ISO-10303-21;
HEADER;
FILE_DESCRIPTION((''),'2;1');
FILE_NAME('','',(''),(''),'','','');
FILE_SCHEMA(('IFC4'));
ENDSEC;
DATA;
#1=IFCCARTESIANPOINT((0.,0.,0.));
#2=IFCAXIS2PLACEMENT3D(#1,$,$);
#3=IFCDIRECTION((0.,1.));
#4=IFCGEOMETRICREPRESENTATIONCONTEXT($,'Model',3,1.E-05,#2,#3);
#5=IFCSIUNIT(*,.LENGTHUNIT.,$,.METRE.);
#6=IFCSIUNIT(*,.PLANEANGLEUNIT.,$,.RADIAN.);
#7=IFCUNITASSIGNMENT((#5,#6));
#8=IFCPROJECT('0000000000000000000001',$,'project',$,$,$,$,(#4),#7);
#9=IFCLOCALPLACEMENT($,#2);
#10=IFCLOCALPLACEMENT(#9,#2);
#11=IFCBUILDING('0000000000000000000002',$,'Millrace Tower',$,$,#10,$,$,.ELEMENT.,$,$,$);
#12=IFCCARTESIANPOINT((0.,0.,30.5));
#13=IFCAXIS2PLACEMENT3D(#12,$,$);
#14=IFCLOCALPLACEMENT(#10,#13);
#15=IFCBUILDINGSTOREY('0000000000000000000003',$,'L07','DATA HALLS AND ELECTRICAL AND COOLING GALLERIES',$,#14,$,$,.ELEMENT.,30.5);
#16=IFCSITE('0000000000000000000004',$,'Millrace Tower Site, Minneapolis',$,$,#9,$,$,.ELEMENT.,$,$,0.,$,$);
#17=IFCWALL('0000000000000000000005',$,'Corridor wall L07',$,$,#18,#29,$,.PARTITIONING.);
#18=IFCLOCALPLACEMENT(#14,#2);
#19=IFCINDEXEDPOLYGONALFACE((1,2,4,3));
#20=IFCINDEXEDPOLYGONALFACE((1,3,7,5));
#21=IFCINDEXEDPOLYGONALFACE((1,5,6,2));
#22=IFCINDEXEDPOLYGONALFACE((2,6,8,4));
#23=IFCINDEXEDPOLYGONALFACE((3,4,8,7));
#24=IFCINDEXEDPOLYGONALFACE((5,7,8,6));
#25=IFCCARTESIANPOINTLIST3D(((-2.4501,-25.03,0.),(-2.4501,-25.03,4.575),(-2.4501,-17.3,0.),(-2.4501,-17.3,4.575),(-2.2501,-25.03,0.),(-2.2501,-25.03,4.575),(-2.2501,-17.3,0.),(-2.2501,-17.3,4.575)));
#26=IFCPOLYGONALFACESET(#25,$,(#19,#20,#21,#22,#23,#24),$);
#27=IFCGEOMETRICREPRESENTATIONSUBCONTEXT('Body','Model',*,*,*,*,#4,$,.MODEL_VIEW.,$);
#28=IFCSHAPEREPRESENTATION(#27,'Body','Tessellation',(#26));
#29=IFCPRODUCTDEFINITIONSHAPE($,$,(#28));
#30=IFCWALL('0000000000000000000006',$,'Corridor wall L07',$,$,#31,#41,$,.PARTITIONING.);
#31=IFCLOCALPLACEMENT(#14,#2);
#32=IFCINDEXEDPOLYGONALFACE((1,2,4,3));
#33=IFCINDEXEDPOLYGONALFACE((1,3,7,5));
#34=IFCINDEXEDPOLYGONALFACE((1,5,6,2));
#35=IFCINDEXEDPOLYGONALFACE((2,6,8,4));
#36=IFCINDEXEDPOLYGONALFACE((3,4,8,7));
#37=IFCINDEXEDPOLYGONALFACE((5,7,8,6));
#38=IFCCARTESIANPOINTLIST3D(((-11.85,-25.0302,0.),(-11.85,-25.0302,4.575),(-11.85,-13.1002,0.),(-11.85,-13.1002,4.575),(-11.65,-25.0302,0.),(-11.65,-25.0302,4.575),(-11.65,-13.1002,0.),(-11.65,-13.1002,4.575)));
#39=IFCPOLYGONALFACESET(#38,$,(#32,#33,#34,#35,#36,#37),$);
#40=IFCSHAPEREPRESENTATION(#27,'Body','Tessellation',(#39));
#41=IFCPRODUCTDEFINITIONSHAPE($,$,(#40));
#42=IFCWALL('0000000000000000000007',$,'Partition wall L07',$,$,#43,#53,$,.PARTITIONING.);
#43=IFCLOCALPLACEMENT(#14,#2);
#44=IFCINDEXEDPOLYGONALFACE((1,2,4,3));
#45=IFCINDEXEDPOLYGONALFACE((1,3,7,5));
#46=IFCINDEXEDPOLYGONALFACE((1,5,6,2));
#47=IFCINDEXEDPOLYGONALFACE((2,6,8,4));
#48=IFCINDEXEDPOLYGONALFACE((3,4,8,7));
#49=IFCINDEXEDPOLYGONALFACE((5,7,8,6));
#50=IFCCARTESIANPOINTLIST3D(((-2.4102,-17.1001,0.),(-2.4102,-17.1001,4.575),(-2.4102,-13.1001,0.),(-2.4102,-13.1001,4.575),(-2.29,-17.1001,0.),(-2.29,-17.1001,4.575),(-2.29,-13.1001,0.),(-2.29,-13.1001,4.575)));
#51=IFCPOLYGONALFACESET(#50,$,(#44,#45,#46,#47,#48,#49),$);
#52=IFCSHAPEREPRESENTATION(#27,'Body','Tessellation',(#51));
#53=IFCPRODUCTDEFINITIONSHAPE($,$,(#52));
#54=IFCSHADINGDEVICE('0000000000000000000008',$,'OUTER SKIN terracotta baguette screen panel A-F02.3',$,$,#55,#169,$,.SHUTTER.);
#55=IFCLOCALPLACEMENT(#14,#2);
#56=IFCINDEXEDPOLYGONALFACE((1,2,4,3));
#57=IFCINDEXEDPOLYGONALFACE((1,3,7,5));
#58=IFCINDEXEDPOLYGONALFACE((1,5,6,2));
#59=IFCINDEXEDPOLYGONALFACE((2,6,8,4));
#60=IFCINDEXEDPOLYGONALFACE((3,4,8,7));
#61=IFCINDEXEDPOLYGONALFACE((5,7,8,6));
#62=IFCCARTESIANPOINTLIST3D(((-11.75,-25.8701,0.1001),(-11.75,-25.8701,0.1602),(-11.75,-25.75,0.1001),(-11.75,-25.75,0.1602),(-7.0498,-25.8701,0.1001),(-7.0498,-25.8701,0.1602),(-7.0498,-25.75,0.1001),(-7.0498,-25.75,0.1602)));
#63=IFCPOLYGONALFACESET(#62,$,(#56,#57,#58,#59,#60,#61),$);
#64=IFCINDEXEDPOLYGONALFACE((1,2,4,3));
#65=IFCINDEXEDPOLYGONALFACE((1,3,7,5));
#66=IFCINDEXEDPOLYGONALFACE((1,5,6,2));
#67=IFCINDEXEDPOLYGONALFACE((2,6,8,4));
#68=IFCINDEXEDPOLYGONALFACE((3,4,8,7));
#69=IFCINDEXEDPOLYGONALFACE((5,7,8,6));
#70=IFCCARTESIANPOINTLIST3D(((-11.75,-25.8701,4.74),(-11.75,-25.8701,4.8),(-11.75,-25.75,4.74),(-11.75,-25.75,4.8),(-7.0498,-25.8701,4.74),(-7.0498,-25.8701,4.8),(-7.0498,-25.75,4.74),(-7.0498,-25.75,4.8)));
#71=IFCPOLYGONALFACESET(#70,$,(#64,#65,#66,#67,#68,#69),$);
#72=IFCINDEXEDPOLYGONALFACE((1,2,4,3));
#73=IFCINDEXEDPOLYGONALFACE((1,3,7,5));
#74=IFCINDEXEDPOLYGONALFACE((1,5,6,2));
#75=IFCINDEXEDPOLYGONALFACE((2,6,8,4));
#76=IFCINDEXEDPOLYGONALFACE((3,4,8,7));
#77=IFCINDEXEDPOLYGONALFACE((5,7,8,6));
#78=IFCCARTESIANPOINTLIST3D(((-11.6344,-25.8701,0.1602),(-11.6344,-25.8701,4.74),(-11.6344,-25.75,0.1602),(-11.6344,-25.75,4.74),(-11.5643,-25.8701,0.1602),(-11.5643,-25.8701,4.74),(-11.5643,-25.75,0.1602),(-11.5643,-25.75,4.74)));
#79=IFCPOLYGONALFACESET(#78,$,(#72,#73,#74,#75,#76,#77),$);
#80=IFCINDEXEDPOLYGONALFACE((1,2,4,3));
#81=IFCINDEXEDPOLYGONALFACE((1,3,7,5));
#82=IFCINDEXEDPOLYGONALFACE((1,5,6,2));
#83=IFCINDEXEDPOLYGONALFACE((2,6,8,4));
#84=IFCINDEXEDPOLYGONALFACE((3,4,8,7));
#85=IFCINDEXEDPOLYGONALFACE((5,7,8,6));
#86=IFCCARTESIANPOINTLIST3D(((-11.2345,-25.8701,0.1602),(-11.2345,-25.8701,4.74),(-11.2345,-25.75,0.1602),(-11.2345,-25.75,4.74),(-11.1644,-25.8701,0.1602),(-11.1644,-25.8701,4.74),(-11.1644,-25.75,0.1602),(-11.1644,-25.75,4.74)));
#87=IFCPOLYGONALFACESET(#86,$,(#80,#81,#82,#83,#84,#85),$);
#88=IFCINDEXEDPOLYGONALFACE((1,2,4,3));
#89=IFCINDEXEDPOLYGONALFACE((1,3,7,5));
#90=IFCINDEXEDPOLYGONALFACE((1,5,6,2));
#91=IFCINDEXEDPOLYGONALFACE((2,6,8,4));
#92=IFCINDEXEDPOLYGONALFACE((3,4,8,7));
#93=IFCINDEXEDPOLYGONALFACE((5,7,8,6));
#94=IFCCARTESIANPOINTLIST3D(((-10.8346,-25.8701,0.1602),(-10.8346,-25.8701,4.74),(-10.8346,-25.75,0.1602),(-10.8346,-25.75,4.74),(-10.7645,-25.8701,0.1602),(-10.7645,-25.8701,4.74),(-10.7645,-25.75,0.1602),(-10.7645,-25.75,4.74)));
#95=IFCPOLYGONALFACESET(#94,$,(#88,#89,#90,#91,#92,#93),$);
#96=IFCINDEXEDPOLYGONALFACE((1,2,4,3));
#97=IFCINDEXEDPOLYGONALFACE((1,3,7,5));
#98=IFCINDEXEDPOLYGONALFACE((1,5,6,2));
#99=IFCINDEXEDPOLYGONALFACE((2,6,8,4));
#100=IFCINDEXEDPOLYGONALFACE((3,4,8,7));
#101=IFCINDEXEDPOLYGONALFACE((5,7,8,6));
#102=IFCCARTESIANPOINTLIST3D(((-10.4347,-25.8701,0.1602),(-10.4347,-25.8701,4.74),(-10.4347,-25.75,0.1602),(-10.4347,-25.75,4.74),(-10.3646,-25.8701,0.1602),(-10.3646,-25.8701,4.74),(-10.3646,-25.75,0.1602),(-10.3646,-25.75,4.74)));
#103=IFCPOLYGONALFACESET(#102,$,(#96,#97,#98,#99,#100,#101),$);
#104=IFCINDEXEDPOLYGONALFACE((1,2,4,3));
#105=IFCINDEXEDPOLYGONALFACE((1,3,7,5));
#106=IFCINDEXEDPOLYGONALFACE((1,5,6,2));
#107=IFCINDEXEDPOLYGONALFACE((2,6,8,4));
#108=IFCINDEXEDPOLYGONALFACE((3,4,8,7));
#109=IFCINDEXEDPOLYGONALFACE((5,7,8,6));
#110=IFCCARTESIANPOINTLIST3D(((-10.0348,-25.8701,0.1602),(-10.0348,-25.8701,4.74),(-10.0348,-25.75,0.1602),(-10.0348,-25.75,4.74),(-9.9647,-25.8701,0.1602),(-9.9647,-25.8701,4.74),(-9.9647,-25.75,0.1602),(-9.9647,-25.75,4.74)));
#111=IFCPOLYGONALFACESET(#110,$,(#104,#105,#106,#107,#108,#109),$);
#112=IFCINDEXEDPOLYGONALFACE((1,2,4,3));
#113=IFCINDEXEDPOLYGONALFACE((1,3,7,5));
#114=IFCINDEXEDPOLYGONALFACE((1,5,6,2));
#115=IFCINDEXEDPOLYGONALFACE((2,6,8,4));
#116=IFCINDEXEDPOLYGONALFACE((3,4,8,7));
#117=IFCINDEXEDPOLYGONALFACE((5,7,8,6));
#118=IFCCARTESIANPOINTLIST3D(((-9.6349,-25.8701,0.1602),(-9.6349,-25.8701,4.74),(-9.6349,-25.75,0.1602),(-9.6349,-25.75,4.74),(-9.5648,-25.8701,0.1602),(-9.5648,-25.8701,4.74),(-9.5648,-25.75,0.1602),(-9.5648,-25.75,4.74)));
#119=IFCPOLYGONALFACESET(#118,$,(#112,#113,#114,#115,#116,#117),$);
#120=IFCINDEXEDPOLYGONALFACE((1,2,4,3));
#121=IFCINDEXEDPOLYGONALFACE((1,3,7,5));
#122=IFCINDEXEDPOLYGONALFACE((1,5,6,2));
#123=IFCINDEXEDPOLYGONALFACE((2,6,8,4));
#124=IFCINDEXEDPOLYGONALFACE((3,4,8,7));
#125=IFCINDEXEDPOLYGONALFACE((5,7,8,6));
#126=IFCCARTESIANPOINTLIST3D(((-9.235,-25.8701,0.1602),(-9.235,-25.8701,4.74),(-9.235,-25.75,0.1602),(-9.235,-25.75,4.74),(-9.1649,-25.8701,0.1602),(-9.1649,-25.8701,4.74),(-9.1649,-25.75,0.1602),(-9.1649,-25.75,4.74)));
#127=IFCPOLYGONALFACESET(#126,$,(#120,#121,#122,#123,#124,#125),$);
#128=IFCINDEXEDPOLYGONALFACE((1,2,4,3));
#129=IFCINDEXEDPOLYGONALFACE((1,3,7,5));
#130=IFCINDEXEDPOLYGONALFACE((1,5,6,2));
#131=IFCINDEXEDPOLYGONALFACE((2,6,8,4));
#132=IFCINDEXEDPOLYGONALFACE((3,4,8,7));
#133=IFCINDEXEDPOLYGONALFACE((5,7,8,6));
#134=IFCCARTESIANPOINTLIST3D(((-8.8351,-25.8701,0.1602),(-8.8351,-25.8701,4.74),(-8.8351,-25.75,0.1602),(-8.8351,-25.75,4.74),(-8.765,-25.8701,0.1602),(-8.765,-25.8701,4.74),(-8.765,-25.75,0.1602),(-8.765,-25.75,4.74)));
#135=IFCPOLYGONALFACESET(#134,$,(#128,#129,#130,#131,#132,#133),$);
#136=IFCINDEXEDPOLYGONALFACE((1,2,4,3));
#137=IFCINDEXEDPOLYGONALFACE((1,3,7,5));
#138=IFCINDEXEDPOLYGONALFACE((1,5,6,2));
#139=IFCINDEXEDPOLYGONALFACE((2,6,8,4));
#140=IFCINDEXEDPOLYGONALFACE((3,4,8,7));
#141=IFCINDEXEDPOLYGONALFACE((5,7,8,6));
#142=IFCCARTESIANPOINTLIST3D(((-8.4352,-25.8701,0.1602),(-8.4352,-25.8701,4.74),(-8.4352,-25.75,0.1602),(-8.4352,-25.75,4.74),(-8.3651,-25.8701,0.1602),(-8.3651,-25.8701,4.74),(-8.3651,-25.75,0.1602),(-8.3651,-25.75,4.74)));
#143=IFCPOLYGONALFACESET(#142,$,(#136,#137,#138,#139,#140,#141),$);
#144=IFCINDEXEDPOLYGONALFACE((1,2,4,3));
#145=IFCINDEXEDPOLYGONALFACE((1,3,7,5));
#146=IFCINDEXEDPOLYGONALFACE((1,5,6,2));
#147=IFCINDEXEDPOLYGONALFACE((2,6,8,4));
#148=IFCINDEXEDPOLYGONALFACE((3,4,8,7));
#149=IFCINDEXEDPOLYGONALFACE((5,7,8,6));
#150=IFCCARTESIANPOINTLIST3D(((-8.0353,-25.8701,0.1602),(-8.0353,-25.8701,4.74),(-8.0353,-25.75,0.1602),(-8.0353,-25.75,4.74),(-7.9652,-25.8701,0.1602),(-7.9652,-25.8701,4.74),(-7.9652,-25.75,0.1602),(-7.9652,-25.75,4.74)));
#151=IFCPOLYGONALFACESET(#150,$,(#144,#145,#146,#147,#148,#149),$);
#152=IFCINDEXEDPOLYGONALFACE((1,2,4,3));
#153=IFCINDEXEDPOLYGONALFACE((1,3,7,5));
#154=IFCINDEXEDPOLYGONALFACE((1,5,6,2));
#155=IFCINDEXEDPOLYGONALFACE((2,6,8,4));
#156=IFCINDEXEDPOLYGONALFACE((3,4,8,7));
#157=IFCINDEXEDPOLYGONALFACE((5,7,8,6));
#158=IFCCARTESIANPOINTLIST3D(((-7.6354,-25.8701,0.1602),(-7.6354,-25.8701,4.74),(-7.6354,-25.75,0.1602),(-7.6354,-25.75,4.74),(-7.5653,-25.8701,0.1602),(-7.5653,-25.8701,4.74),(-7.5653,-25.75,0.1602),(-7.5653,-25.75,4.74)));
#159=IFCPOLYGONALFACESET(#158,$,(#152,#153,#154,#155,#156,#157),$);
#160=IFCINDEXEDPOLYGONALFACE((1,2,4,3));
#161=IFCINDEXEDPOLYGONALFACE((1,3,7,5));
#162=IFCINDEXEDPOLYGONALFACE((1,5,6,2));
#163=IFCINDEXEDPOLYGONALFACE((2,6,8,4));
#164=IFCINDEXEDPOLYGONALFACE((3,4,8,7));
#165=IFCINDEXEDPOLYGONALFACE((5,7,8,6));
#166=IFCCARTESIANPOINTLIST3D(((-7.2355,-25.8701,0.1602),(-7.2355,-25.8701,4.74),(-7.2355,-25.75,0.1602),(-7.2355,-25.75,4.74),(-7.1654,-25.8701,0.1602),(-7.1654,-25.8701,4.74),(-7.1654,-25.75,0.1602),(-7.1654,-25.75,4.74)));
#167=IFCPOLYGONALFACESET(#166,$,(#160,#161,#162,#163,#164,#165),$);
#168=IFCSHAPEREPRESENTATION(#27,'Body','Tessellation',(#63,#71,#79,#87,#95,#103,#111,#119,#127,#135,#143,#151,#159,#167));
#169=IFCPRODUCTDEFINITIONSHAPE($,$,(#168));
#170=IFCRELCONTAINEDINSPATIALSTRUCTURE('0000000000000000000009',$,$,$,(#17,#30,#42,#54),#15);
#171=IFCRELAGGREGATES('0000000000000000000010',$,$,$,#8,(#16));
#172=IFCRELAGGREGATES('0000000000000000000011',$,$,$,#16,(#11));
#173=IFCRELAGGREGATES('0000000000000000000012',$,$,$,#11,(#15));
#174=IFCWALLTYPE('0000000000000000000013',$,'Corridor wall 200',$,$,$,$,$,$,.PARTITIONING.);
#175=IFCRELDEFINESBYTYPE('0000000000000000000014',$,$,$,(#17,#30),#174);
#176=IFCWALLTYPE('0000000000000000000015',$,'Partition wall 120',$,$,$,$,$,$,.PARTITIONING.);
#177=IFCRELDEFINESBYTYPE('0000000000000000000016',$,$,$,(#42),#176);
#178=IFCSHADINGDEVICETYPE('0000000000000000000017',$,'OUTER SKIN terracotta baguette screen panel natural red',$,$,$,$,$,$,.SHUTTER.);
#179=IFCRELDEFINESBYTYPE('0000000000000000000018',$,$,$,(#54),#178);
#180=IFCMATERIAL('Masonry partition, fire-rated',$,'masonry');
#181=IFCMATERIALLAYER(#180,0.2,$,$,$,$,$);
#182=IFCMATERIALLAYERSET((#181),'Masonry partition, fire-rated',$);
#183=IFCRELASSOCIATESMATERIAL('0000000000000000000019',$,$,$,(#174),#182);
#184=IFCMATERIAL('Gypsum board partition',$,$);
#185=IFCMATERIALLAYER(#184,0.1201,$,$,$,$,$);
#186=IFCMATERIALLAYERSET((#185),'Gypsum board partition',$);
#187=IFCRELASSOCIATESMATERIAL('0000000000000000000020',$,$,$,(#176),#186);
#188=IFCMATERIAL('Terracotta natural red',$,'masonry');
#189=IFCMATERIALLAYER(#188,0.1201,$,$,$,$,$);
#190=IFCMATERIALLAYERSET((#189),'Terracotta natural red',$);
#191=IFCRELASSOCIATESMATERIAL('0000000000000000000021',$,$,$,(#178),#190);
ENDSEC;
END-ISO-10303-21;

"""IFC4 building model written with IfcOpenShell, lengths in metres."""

from ifc_helpers import new_model, entity, si_unit, direction, frame, frame_2d, origin, place, context, subcontext, project, spatial, rectangle, extrude, source, transform, mapped, material, layer, layer_set, type_object, element, save


model = new_model("IFC4")

# Units and contexts
model_context = context("Model", 3, precision=1e-05, world=origin(), true_north=direction((0.0, 1.0)))
body_context = subcontext(model_context, "Body", "Model", "MODEL_VIEW")
ifc_project = project(units=[si_unit("LENGTHUNIT", "METRE"), si_unit("PLANEANGLEUNIT", "RADIAN")], contexts=[model_context])

# Site, building, storey
site_placement = place(None, origin())
site = spatial("IfcSite", under=ifc_project, at=site_placement, Name="Millrace Tower Site, Minneapolis", CompositionType="ELEMENT", RefElevation=0.0)
building_placement = place(site_placement, origin())
building = spatial("IfcBuilding", under=site, at=building_placement, Name="Millrace Tower", CompositionType="ELEMENT")
storey_placement = place(building_placement, frame((0.0, 0.0, 30.5)))
storey = spatial("IfcBuildingStorey", under=building, at=storey_placement, Name="L07", Description="DATA HALLS AND ELECTRICAL AND COOLING GALLERIES", CompositionType="ELEMENT", Elevation=30.5)

# Walls
ifc_material_1 = material(Name="Masonry partition, fire-rated", Category="masonry")
ifc_layer_1 = layer(ifc_material_1, 0.2)
ifc_layer_set_1 = layer_set([ifc_layer_1], Name="Masonry partition, fire-rated")
wall_type_1 = type_object("IfcWallType", Name="Corridor wall 200", PredefinedType="PARTITIONING", material=ifc_layer_set_1)
wall_1_placement = place(storey_placement, frame((-2.3501, -25.03, 0.0), z_axis=(0.0, 0.0, 1.0), x_axis=(0.0, 1.0, 0.0)))
element("IfcWall", 1, at=wall_1_placement, inside=storey, type_object=wall_type_1, Name="Corridor wall L07", PredefinedType="PARTITIONING", context=body_context, shape_type="SweptSolid", body=[
    extrude(rectangle(XDim=7.73, YDim=0.2, at=frame_2d((3.865, 0.0))), origin(), (0.0, 0.0, 1.0), 4.575),
])
wall_2_placement = place(storey_placement, frame((-11.75, -25.03, 0.0), z_axis=(0.0, 0.0, 1.0), x_axis=(0.0, 1.0, 0.0)))
element("IfcWall", 2, at=wall_2_placement, inside=storey, type_object=wall_type_1, Name="Corridor wall L07", PredefinedType="PARTITIONING", context=body_context, shape_type="SweptSolid", body=[
    extrude(rectangle(XDim=11.9299, YDim=0.2, at=frame_2d((5.9648, 0.0))), origin(), (0.0, 0.0, 1.0), 4.575),
])
ifc_material_2 = material(Name="Gypsum board partition")
ifc_layer_2 = layer(ifc_material_2, 0.1201)
ifc_layer_set_2 = layer_set([ifc_layer_2], Name="Gypsum board partition")
wall_type_2 = type_object("IfcWallType", Name="Partition wall 120", PredefinedType="PARTITIONING", material=ifc_layer_set_2)
wall_3_placement = place(storey_placement, frame((-2.3501, -17.1001, 0.0), z_axis=(0.0, 0.0, 1.0), x_axis=(0.0, 1.0, 0.0)))
element("IfcWall", 3, at=wall_3_placement, inside=storey, type_object=wall_type_2, Name="Partition wall L07", PredefinedType="PARTITIONING", context=body_context, shape_type="SweptSolid", body=[
    extrude(rectangle(XDim=4.0, YDim=0.1201, at=frame_2d((2.0, 0.0))), origin(), (0.0, 0.0, 1.0), 4.575),
])

# Shading device
cartesian_point = entity("IfcCartesianPoint", [-2.3501, 0.0601])
shared_polyline = entity("IfcPolyline", [cartesian_point, entity("IfcCartesianPoint", [2.3501, 0.0601]), entity("IfcCartesianPoint", [2.3501, -0.0601]), entity("IfcCartesianPoint", [-2.3501, -0.0601]), cartesian_point])
ifc_material_3 = material(Name="Terracotta natural red", Category="masonry")
ifc_layer_3 = layer(ifc_material_3, 0.1201)
ifc_layer_set_3 = layer_set([ifc_layer_3], Name="Terracotta natural red")
shading_device_type_1 = type_object("IfcShadingDeviceType", Name="OUTER SKIN terracotta baguette screen panel natural red", PredefinedType="SHUTTER", material=ifc_layer_set_3)
shared_shape_1 = source(origin(), body_context, "Body", "SweptSolid", [
    entity("IfcExtrudedAreaSolid", entity("IfcArbitraryClosedProfileDef", "AREA", None, shared_polyline), entity("IfcAxis2Placement3D", entity("IfcCartesianPoint", [0.0, 0.0, 0.0])), entity("IfcDirection", [0.0, 0.0, 1.0]), 0.0601),
    entity("IfcExtrudedAreaSolid", entity("IfcArbitraryClosedProfileDef", "AREA", None, shared_polyline), entity("IfcAxis2Placement3D", entity("IfcCartesianPoint", [0.0, 0.0, 4.6399])), entity("IfcDirection", [0.0, 0.0, 1.0]), 0.0601),
    extrude(rectangle(XDim=0.0701, YDim=0.1201, at=frame_2d((-2.1995, 0.0))), frame((0.0, 0.0, 0.0601)), (0.0, 0.0, 1.0), 4.5798),
    extrude(rectangle(XDim=0.0701, YDim=0.1201, at=frame_2d((-1.7996, 0.0))), frame((0.0, 0.0, 0.0601)), (0.0, 0.0, 1.0), 4.5798),
    extrude(rectangle(XDim=0.0701, YDim=0.1201, at=frame_2d((-1.3997, 0.0))), frame((0.0, 0.0, 0.0601)), (0.0, 0.0, 1.0), 4.5798),
    extrude(rectangle(XDim=0.0701, YDim=0.1201, at=frame_2d((-0.9998, 0.0))), frame((0.0, 0.0, 0.0601)), (0.0, 0.0, 1.0), 4.5798),
    extrude(rectangle(XDim=0.0701, YDim=0.1201, at=frame_2d((-0.5999, 0.0))), frame((0.0, 0.0, 0.0601)), (0.0, 0.0, 1.0), 4.5798),
    extrude(rectangle(XDim=0.0701, YDim=0.1201, at=frame_2d((-0.2, 0.0))), frame((0.0, 0.0, 0.0601)), (0.0, 0.0, 1.0), 4.5798),
    extrude(rectangle(XDim=0.0701, YDim=0.1201, at=frame_2d((0.2, 0.0))), frame((0.0, 0.0, 0.0601)), (0.0, 0.0, 1.0), 4.5798),
    extrude(rectangle(XDim=0.0701, YDim=0.1201, at=frame_2d((0.5999, 0.0))), frame((0.0, 0.0, 0.0601)), (0.0, 0.0, 1.0), 4.5798),
    extrude(rectangle(XDim=0.0701, YDim=0.1201, at=frame_2d((0.9998, 0.0))), frame((0.0, 0.0, 0.0601)), (0.0, 0.0, 1.0), 4.5798),
    extrude(rectangle(XDim=0.0701, YDim=0.1201, at=frame_2d((1.3997, 0.0))), frame((0.0, 0.0, 0.0601)), (0.0, 0.0, 1.0), 4.5798),
    extrude(rectangle(XDim=0.0701, YDim=0.1201, at=frame_2d((1.7996, 0.0))), frame((0.0, 0.0, 0.0601)), (0.0, 0.0, 1.0), 4.5798),
    extrude(rectangle(XDim=0.0701, YDim=0.1201, at=frame_2d((2.1995, 0.0))), frame((0.0, 0.0, 0.0601)), (0.0, 0.0, 1.0), 4.5798),
])
for number, where, z_axis, x_axis, name in (
    (4, (-9.3999, -25.8101, 0.1001), (0.0, 0.0, 1.0), (1.0, 0.0, 0.0), "OUTER SKIN terracotta baguette screen panel A-F02.3"),
):
    element("IfcShadingDevice", number, at=place(storey_placement, frame(where, z_axis=z_axis, x_axis=x_axis)), inside=storey, type_object=shading_device_type_1, Name=name, PredefinedType="SHUTTER", context=body_context, shape_type="MappedRepresentation", body=[
        mapped(shared_shape_1, transform((0.0, 0.0, 0.0), scale=1.0)),
    ])

save(model, "model.ifc")
